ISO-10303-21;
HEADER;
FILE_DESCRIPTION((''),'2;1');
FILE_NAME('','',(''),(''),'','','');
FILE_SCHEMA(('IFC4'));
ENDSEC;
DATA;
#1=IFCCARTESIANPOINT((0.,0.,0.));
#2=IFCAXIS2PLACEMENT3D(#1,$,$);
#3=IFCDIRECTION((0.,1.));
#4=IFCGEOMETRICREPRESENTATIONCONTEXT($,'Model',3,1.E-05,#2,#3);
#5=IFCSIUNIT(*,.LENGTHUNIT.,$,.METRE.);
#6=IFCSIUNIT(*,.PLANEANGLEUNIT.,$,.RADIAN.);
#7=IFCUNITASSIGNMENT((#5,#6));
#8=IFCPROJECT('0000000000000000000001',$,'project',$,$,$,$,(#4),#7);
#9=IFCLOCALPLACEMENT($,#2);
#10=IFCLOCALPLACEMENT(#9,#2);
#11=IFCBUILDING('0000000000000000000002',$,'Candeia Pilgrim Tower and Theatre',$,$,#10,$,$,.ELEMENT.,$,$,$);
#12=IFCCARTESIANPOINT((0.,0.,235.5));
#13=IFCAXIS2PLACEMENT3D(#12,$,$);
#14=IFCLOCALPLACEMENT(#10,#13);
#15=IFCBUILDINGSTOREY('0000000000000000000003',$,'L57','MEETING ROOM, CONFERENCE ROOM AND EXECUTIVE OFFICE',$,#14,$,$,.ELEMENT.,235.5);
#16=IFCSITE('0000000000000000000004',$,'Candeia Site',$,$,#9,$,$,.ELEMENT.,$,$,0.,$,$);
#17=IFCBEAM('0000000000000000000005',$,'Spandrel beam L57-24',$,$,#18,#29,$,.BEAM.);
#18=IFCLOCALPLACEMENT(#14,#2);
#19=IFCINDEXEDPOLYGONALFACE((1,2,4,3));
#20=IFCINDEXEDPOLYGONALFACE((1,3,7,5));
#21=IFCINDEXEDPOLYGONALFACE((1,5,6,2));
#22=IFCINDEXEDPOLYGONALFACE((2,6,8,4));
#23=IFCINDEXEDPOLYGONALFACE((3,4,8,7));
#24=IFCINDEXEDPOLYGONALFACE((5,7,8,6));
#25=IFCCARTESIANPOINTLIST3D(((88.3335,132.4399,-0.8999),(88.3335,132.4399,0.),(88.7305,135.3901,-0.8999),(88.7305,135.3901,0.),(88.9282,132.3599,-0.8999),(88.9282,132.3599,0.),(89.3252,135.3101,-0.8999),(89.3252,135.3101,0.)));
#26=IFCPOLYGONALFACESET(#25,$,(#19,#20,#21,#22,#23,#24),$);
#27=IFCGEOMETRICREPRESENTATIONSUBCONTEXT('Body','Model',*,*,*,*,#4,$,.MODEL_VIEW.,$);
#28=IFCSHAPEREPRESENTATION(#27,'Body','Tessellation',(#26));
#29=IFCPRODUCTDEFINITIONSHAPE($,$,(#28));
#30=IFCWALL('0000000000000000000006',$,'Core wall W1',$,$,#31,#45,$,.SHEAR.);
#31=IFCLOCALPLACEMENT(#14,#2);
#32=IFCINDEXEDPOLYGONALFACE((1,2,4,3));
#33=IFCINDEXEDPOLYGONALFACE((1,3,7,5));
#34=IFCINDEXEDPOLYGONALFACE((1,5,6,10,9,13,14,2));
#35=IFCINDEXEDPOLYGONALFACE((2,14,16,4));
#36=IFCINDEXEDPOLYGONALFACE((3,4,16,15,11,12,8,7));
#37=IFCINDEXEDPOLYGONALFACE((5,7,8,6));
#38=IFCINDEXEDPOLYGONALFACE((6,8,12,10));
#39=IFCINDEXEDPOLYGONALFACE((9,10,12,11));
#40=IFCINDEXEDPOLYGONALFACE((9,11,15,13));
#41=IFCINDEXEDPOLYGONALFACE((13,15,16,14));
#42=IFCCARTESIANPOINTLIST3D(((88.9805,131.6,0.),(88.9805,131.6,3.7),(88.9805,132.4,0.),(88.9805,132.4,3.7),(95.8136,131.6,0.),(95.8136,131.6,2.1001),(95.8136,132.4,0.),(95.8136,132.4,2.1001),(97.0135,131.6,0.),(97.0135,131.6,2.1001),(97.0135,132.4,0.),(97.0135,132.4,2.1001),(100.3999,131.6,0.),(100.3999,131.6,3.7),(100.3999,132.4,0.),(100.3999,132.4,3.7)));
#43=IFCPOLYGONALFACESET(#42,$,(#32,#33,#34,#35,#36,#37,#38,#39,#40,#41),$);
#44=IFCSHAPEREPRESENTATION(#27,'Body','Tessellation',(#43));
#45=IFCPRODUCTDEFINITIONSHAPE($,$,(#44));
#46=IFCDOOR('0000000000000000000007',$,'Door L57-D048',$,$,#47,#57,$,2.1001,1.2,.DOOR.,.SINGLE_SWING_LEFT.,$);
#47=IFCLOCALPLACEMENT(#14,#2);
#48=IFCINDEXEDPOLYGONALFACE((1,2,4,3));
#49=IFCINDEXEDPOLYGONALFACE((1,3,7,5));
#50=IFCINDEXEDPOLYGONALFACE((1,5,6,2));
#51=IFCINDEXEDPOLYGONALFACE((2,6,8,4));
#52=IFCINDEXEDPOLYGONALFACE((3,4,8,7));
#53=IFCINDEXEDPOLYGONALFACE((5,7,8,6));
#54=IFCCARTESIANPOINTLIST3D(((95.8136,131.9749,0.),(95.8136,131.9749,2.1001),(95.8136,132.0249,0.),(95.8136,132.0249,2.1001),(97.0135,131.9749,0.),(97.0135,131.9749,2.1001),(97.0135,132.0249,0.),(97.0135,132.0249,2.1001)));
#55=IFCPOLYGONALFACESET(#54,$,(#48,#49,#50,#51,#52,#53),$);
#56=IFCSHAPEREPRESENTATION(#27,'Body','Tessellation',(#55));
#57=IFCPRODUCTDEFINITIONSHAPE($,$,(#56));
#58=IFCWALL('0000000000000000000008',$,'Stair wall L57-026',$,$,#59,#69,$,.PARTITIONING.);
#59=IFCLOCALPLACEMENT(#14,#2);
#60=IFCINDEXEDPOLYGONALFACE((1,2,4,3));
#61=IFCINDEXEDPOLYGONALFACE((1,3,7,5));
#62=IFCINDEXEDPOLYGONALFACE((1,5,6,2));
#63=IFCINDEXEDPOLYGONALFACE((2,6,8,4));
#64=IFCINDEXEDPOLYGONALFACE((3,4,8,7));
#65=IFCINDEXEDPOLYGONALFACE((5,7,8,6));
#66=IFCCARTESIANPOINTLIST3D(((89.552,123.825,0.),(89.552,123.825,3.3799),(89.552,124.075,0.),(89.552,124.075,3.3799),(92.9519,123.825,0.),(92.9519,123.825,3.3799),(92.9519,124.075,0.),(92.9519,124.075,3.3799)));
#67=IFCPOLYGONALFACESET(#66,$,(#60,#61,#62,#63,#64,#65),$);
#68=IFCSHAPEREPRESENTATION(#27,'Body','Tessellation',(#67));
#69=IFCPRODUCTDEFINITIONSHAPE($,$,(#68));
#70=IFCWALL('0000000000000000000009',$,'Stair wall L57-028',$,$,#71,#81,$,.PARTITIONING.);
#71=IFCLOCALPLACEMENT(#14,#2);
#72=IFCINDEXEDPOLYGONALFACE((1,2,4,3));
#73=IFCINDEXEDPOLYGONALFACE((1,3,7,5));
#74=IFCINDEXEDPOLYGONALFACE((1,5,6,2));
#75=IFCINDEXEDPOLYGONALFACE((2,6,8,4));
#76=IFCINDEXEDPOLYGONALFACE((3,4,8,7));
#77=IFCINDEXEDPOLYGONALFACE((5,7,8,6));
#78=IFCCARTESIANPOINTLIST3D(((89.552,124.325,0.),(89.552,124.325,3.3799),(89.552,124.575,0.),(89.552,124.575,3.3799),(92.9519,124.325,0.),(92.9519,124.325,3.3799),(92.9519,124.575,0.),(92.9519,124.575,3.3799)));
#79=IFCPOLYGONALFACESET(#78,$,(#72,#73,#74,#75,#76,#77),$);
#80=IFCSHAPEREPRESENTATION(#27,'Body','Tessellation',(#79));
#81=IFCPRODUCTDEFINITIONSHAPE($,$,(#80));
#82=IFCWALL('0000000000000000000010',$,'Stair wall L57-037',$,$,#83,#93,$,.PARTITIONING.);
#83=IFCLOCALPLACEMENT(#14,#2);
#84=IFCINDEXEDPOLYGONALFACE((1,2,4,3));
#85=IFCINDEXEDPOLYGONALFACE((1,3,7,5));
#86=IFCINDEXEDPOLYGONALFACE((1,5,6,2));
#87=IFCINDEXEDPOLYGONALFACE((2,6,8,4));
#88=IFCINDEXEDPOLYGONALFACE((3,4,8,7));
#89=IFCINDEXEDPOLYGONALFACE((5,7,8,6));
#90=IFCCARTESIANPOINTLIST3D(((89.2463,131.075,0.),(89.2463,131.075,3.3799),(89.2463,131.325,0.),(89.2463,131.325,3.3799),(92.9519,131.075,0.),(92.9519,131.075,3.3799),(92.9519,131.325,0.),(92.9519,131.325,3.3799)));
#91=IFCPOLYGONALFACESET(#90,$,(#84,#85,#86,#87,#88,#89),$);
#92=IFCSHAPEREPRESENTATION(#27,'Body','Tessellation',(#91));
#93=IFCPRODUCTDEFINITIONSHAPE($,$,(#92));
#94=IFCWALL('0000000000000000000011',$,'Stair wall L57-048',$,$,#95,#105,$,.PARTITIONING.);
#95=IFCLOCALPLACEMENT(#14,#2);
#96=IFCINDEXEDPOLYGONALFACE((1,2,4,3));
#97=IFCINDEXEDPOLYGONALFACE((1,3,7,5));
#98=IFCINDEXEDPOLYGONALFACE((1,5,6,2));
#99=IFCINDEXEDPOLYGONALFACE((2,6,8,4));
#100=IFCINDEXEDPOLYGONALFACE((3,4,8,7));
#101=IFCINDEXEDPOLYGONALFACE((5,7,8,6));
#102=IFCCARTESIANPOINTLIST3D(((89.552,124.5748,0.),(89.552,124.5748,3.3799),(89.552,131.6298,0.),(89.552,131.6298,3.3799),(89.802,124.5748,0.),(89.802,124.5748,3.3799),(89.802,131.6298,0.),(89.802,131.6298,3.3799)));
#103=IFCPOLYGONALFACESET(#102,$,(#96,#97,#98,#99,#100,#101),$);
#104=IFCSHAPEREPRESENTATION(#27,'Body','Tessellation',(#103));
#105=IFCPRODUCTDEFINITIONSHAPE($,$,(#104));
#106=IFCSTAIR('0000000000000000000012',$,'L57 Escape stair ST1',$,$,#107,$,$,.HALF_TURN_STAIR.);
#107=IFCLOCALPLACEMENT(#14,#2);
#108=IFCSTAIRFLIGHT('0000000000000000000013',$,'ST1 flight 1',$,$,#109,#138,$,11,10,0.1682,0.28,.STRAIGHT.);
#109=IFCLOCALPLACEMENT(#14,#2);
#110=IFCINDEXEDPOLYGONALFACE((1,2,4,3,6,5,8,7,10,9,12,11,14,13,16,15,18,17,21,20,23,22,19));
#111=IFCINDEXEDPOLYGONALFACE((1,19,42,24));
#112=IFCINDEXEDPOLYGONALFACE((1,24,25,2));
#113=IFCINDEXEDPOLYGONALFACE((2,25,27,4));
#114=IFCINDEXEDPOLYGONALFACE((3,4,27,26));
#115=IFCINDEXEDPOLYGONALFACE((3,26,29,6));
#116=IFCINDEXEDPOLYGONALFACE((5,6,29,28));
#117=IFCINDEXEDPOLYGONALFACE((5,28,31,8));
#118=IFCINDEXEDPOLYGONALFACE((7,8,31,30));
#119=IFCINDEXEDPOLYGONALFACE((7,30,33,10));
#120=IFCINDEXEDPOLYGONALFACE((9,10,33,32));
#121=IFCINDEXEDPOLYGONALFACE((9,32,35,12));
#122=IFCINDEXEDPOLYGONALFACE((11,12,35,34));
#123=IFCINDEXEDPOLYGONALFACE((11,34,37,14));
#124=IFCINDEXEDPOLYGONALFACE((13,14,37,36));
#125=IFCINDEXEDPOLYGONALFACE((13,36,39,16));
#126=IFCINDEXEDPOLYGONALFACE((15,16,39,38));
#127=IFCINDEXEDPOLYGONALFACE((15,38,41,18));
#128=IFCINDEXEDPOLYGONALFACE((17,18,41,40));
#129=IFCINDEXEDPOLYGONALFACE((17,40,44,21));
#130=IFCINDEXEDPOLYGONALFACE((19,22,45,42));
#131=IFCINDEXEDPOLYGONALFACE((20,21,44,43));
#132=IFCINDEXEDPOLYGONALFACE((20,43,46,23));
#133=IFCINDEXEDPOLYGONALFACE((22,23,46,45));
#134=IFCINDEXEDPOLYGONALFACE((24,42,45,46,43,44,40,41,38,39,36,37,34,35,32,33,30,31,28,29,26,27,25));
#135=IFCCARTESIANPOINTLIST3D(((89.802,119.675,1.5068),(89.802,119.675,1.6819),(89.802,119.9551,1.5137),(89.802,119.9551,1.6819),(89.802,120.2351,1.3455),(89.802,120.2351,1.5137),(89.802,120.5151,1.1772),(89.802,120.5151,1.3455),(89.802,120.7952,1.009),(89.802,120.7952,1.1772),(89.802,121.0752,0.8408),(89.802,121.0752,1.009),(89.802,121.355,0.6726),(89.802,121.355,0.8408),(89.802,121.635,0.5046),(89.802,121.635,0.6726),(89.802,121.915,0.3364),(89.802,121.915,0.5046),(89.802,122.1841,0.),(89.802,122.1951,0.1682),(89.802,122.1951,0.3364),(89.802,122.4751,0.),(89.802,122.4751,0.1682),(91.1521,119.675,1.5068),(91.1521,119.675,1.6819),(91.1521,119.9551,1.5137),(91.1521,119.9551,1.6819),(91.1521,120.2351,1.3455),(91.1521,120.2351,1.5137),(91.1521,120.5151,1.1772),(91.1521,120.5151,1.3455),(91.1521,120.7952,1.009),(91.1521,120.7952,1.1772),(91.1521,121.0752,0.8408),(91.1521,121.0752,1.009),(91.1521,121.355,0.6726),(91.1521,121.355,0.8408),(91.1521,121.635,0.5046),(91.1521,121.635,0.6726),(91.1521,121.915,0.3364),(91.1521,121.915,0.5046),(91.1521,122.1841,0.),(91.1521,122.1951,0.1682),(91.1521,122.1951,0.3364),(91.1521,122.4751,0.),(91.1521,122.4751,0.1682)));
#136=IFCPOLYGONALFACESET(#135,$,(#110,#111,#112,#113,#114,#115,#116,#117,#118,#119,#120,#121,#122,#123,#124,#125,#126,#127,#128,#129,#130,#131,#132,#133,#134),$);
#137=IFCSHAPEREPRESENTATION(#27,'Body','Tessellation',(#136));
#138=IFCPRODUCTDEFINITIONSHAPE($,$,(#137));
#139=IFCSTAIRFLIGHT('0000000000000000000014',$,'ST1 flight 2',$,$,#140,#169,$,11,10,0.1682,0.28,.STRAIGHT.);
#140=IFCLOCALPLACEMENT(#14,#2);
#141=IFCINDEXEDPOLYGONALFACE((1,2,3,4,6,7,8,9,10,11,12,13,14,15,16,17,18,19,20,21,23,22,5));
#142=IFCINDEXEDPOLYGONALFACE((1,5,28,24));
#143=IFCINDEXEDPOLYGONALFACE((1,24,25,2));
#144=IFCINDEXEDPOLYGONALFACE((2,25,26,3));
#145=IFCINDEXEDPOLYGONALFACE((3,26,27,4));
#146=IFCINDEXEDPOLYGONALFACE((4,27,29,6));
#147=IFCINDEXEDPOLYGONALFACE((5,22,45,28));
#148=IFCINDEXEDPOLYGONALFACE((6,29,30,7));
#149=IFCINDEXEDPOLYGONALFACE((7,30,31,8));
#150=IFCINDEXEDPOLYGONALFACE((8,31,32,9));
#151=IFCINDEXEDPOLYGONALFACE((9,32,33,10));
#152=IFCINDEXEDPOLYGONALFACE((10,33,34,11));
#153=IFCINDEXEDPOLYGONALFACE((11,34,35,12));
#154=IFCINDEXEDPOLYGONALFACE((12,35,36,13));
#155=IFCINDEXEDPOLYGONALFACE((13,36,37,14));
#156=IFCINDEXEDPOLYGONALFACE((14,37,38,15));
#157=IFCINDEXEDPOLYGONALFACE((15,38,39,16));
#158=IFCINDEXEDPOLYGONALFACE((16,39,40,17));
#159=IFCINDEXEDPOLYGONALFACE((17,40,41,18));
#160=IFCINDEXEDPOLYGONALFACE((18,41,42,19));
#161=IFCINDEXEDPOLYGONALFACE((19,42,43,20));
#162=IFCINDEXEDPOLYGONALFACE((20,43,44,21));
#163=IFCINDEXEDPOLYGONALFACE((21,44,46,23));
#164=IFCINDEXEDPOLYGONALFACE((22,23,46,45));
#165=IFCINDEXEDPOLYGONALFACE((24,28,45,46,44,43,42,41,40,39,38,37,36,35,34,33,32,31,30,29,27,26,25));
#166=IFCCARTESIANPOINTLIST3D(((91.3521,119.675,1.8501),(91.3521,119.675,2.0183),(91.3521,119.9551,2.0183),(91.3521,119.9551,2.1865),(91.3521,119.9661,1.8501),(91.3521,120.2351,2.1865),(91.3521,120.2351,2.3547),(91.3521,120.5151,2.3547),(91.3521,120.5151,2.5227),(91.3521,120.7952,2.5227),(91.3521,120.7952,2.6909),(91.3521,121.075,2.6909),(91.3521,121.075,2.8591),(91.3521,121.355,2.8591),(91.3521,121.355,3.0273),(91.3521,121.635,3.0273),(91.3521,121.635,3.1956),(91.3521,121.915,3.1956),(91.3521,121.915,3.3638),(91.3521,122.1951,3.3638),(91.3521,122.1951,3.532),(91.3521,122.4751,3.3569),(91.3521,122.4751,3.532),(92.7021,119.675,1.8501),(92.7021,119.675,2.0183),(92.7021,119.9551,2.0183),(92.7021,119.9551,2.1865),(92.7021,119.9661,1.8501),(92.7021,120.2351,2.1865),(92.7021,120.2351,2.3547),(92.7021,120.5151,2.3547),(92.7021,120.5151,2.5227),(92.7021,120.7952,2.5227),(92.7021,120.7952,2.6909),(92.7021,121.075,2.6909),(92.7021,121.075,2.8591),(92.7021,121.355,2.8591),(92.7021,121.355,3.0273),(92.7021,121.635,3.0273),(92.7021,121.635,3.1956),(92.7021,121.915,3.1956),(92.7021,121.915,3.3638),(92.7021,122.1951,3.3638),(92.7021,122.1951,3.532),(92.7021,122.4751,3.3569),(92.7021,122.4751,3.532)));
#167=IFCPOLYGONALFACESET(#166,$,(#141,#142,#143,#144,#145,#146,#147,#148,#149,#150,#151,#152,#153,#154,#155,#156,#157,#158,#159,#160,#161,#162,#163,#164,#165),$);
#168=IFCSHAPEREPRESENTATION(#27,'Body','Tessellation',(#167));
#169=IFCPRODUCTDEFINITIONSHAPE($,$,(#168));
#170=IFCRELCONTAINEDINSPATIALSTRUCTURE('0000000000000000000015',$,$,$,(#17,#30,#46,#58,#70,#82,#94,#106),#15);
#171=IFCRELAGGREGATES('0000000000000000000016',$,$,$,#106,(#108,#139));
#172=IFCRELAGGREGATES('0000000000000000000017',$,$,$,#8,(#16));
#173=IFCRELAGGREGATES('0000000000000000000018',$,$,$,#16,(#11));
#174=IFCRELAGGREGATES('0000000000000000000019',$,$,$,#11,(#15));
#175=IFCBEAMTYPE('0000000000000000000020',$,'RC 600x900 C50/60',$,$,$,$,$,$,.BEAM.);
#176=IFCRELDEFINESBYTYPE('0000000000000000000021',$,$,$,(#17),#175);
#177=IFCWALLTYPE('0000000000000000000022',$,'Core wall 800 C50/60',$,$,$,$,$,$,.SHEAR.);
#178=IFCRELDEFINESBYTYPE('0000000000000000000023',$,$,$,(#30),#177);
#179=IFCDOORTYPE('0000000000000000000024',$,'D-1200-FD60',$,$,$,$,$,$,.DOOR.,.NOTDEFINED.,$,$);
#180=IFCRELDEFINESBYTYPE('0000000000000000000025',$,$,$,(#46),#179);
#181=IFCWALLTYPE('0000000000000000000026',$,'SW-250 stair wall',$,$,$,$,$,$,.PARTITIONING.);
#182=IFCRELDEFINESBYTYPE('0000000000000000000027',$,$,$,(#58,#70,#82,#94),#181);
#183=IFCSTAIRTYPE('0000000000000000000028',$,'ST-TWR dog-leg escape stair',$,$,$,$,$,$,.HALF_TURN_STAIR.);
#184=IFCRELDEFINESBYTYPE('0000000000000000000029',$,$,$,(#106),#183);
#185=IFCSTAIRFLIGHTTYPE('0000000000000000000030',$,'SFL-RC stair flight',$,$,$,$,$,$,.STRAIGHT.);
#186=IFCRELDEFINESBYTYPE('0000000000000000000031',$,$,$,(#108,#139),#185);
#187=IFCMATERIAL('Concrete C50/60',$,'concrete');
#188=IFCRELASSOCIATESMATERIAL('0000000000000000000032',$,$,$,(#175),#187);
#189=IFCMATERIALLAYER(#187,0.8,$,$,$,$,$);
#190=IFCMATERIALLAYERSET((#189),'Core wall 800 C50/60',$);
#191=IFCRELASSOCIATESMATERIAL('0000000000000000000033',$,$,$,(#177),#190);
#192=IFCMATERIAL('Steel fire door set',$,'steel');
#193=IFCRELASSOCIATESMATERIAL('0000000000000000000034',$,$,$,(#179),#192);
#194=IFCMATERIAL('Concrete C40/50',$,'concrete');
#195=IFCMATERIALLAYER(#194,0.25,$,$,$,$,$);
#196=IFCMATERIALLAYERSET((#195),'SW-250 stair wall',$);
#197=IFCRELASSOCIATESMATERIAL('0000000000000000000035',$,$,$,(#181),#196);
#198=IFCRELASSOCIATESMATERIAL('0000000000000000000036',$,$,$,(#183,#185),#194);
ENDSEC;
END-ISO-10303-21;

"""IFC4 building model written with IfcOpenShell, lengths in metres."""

from ifc_helpers import new_model, si_unit, direction, frame, frame_2d, origin, origin_2d, place, context, subcontext, project, spatial, polyline, rectangle, outline, extrude, material, layer, layer_set, material_profile, profile_set, type_object, element, fill, aggregate, save


model = new_model("IFC4")

# Units and contexts
model_context = context("Model", 3, precision=1e-05, world=origin(), true_north=direction((0.0, 1.0)))
body_context = subcontext(model_context, "Body", "Model", "MODEL_VIEW")
ifc_project = project(units=[si_unit("LENGTHUNIT", "METRE"), si_unit("PLANEANGLEUNIT", "RADIAN")], contexts=[model_context])

# Site, building, storey
site_placement = place(None, origin())
site = spatial("IfcSite", under=ifc_project, at=site_placement, Name="Candeia Site", CompositionType="ELEMENT", RefElevation=0.0)
building_placement = place(site_placement, origin())
building = spatial("IfcBuilding", under=site, at=building_placement, Name="Candeia Pilgrim Tower and Theatre", CompositionType="ELEMENT")
storey_placement = place(building_placement, frame((0.0, 0.0, 235.5)))
storey = spatial("IfcBuildingStorey", under=building, at=storey_placement, Name="L57", Description="MEETING ROOM, CONFERENCE ROOM AND EXECUTIVE OFFICE", CompositionType="ELEMENT", Elevation=235.5)

# Beam
ifc_material_1 = material(Name="Concrete C50/60", Category="concrete")
ifc_material_profile = material_profile(ifc_material_1, rectangle(XDim=0.6001, YDim=0.8999, at=origin_2d()))
ifc_profile_set = profile_set([ifc_material_profile], Name="Concrete C50/60")
beam_type = type_object("IfcBeamType", Name="RC 600x900 C50/60", PredefinedType="BEAM", material=ifc_profile_set)
beam_placement = place(storey_placement, frame((89.0278, 135.3501, -0.45), z_axis=(-0.133356, -0.991068, 0.0), x_axis=(0.991068, -0.133356, 0.0)))
element("IfcBeam", 1, at=beam_placement, inside=storey, type_object=beam_type, Name="Spandrel beam L57-24", PredefinedType="BEAM", context=body_context, shape_type="SweptSolid", body=[
    extrude(rectangle(XDim=0.6001, YDim=0.8999, at=origin_2d()), origin(), (0.0, 0.0, 1.0), 2.9768),
])

# Wall, opening, door
ifc_layer_1 = layer(ifc_material_1, 0.8)
ifc_layer_set_1 = layer_set([ifc_layer_1], Name="Core wall 800 C50/60")
wall_type_1 = type_object("IfcWallType", Name="Core wall 800 C50/60", PredefinedType="SHEAR", material=ifc_layer_set_1)
wall_1_placement = place(storey_placement, frame((88.9805, 132.0, 0.0), z_axis=(0.0, 0.0, 1.0), x_axis=(1.0, 0.0, 0.0)))
wall_1 = element("IfcWall", 2, at=wall_1_placement, inside=storey, type_object=wall_type_1, Name="Core wall W1", PredefinedType="SHEAR", context=body_context, shape_type="SweptSolid", body=[
    extrude(rectangle(XDim=11.4194, YDim=0.8, at=frame_2d((5.7097, 0.0))), origin(), (0.0, 0.0, 1.0), 3.7),
])
opening_placement = place(wall_1_placement, frame((6.833, 0.0, 0.0)))
opening = element("IfcOpeningElement", 3, at=opening_placement, cuts=wall_1, PredefinedType="OPENING", context=body_context, shape_type="SweptSolid", body=[
    extrude(rectangle(XDim=1.2, YDim=2.1001, at=frame_2d((0.6001, 1.05))), frame((0.0, 0.4102, 0.0), z_axis=(0.0, -1.0, 0.0), x_axis=(1.0, 0.0, 0.0)), (0.0, 0.0, 1.0), 0.8201),
])
ifc_material_2 = material(Name="Steel fire door set", Category="steel")
door_type = type_object("IfcDoorType", Name="D-1200-FD60", OperationType="NOTDEFINED", PredefinedType="DOOR", material=ifc_material_2)
door_placement = place(opening_placement, origin())
door = element("IfcDoor", 4, at=door_placement, inside=storey, type_object=door_type, Name="Door L57-D048", OperationType="SINGLE_SWING_LEFT", OverallHeight=2.1001, OverallWidth=1.2, PredefinedType="DOOR", context=body_context, shape_type="SweptSolid", body=[
    extrude(rectangle(XDim=1.2, YDim=2.1001, at=frame_2d((0.6001, 1.05))), frame((0.0, 0.0249, 0.0), z_axis=(0.0, -1.0, 0.0), x_axis=(1.0, 0.0, 0.0)), (0.0, 0.0, 1.0), 0.05),
])
fill(opening, door)

# Walls
ifc_material_3 = material(Name="Concrete C40/50", Category="concrete")
ifc_layer_2 = layer(ifc_material_3, 0.25)
ifc_layer_set_2 = layer_set([ifc_layer_2], Name="SW-250 stair wall")
wall_type_2 = type_object("IfcWallType", Name="SW-250 stair wall", PredefinedType="PARTITIONING", material=ifc_layer_set_2)
for number, where, z_axis, x_axis, name in (
    (5, (89.552, 123.95, 0.0), (0.0, 0.0, 1.0), (1.0, 0.0, 0.0), "Stair wall L57-026"),
    (6, (89.552, 124.45, 0.0), (0.0, 0.0, 1.0), (1.0, 0.0, 0.0), "Stair wall L57-028"),
):
    element("IfcWall", number, at=place(storey_placement, frame(where, z_axis=z_axis, x_axis=x_axis)), inside=storey, type_object=wall_type_2, Name=name, PredefinedType="PARTITIONING", context=body_context, shape_type="SweptSolid", body=[
        extrude(rectangle(XDim=3.3999, YDim=0.25, at=frame_2d((1.7, 0.0))), origin(), (0.0, 0.0, 1.0), 3.3799),
    ])
wall_2_placement = place(storey_placement, frame((89.2463, 131.2, 0.0), z_axis=(0.0, 0.0, 1.0), x_axis=(1.0, 0.0, 0.0)))
element("IfcWall", 7, at=wall_2_placement, inside=storey, type_object=wall_type_2, Name="Stair wall L57-037", PredefinedType="PARTITIONING", context=body_context, shape_type="SweptSolid", body=[
    extrude(rectangle(XDim=3.7056, YDim=0.25, at=frame_2d((1.8528, 0.0))), origin(), (0.0, 0.0, 1.0), 3.3799),
])
wall_3_placement = place(storey_placement, frame((89.677, 124.575, 0.0), z_axis=(0.0, 0.0, 1.0), x_axis=(0.0, 1.0, 0.0)))
element("IfcWall", 8, at=wall_3_placement, inside=storey, type_object=wall_type_2, Name="Stair wall L57-048", PredefinedType="PARTITIONING", context=body_context, shape_type="SweptSolid", body=[
    extrude(rectangle(XDim=7.0549, YDim=0.25, at=frame_2d((3.5273, 0.0))), origin(), (0.0, 0.0, 1.0), 3.3799),
])

# Stair, stair flights
stair_type = type_object("IfcStairType", Name="ST-TWR dog-leg escape stair", PredefinedType="HALF_TURN_STAIR", material=ifc_material_3)
stair_1_placement = place(storey_placement, origin())
stair_1 = element("IfcStair", 9, at=stair_1_placement, inside=storey, type_object=stair_type, Name="L57 Escape stair ST1", PredefinedType="HALF_TURN_STAIR")
stair_flight_type = type_object("IfcStairFlightType", Name="SFL-RC stair flight", PredefinedType="STRAIGHT", material=ifc_material_3)
stair_flight_1_placement = place(storey_placement, frame((90.4771, 122.4751, 0.0), z_axis=(0.0, 0.0, 1.0), x_axis=(0.0, -1.0, 0.0)))
stair_flight_1 = element("IfcStairFlight", 10, at=stair_flight_1_placement, type_object=stair_flight_type, Name="ST1 flight 1", NumberOfRisers=11, NumberOfTreads=10, PredefinedType="STRAIGHT", RiserHeight=0.1682, TreadLength=0.28, context=body_context, shape_type="SweptSolid", body=[
    extrude(outline(polyline([(0.0, 0.0), (0.0, 0.1682), (0.28, 0.1682), (0.28, 0.3364), (0.5601, 0.3364), (0.5601, 0.5046), (0.8401, 0.5046), (0.8401, 0.6726), (1.1201, 0.6726), (1.1201, 0.8408), (1.3999, 0.8408), (1.3999, 1.009), (1.6799, 1.009), (1.6799, 1.1772), (1.96, 1.1772), (1.96, 1.3455), (2.24, 1.3455), (2.24, 1.5137), (2.52, 1.5137), (2.52, 1.6819), (2.8, 1.6819), (2.8, 1.8501), (2.8, 1.5068), (0.291, 0.0), (0.0, 0.0)])), frame((0.0, 0.675, 0.0), z_axis=(0.0, -1.0, 0.0), x_axis=(1.0, 0.0, 0.0)), (0.0, 0.0, 1.0), 1.3501),
])
stair_flight_2_placement = place(storey_placement, frame((92.0271, 119.675, 1.8501), z_axis=(0.0, 0.0, 1.0), x_axis=(0.0, 1.0, 0.0)))
stair_flight_2 = element("IfcStairFlight", 11, at=stair_flight_2_placement, type_object=stair_flight_type, Name="ST1 flight 2", NumberOfRisers=11, NumberOfTreads=10, PredefinedType="STRAIGHT", RiserHeight=0.1682, TreadLength=0.28, context=body_context, shape_type="SweptSolid", body=[
    extrude(outline(polyline([(0.0, 0.0), (0.0, 0.1682), (0.28, 0.1682), (0.28, 0.3364), (0.5601, 0.3364), (0.5601, 0.5046), (0.8401, 0.5046), (0.8401, 0.6726), (1.1201, 0.6726), (1.1201, 0.8408), (1.3999, 0.8408), (1.3999, 1.009), (1.6799, 1.009), (1.6799, 1.1772), (1.96, 1.1772), (1.96, 1.3455), (2.24, 1.3455), (2.24, 1.5137), (2.52, 1.5137), (2.52, 1.6819), (2.8, 1.6819), (2.8, 1.8501), (2.8, 1.5068), (0.291, 0.0), (0.0, 0.0)])), frame((0.0, 0.675, 0.0), z_axis=(0.0, -1.0, 0.0), x_axis=(1.0, 0.0, 0.0)), (0.0, 0.0, 1.0), 1.3501),
])
aggregate(stair_1, [stair_flight_1, stair_flight_2])

save(model, "model.ifc")
